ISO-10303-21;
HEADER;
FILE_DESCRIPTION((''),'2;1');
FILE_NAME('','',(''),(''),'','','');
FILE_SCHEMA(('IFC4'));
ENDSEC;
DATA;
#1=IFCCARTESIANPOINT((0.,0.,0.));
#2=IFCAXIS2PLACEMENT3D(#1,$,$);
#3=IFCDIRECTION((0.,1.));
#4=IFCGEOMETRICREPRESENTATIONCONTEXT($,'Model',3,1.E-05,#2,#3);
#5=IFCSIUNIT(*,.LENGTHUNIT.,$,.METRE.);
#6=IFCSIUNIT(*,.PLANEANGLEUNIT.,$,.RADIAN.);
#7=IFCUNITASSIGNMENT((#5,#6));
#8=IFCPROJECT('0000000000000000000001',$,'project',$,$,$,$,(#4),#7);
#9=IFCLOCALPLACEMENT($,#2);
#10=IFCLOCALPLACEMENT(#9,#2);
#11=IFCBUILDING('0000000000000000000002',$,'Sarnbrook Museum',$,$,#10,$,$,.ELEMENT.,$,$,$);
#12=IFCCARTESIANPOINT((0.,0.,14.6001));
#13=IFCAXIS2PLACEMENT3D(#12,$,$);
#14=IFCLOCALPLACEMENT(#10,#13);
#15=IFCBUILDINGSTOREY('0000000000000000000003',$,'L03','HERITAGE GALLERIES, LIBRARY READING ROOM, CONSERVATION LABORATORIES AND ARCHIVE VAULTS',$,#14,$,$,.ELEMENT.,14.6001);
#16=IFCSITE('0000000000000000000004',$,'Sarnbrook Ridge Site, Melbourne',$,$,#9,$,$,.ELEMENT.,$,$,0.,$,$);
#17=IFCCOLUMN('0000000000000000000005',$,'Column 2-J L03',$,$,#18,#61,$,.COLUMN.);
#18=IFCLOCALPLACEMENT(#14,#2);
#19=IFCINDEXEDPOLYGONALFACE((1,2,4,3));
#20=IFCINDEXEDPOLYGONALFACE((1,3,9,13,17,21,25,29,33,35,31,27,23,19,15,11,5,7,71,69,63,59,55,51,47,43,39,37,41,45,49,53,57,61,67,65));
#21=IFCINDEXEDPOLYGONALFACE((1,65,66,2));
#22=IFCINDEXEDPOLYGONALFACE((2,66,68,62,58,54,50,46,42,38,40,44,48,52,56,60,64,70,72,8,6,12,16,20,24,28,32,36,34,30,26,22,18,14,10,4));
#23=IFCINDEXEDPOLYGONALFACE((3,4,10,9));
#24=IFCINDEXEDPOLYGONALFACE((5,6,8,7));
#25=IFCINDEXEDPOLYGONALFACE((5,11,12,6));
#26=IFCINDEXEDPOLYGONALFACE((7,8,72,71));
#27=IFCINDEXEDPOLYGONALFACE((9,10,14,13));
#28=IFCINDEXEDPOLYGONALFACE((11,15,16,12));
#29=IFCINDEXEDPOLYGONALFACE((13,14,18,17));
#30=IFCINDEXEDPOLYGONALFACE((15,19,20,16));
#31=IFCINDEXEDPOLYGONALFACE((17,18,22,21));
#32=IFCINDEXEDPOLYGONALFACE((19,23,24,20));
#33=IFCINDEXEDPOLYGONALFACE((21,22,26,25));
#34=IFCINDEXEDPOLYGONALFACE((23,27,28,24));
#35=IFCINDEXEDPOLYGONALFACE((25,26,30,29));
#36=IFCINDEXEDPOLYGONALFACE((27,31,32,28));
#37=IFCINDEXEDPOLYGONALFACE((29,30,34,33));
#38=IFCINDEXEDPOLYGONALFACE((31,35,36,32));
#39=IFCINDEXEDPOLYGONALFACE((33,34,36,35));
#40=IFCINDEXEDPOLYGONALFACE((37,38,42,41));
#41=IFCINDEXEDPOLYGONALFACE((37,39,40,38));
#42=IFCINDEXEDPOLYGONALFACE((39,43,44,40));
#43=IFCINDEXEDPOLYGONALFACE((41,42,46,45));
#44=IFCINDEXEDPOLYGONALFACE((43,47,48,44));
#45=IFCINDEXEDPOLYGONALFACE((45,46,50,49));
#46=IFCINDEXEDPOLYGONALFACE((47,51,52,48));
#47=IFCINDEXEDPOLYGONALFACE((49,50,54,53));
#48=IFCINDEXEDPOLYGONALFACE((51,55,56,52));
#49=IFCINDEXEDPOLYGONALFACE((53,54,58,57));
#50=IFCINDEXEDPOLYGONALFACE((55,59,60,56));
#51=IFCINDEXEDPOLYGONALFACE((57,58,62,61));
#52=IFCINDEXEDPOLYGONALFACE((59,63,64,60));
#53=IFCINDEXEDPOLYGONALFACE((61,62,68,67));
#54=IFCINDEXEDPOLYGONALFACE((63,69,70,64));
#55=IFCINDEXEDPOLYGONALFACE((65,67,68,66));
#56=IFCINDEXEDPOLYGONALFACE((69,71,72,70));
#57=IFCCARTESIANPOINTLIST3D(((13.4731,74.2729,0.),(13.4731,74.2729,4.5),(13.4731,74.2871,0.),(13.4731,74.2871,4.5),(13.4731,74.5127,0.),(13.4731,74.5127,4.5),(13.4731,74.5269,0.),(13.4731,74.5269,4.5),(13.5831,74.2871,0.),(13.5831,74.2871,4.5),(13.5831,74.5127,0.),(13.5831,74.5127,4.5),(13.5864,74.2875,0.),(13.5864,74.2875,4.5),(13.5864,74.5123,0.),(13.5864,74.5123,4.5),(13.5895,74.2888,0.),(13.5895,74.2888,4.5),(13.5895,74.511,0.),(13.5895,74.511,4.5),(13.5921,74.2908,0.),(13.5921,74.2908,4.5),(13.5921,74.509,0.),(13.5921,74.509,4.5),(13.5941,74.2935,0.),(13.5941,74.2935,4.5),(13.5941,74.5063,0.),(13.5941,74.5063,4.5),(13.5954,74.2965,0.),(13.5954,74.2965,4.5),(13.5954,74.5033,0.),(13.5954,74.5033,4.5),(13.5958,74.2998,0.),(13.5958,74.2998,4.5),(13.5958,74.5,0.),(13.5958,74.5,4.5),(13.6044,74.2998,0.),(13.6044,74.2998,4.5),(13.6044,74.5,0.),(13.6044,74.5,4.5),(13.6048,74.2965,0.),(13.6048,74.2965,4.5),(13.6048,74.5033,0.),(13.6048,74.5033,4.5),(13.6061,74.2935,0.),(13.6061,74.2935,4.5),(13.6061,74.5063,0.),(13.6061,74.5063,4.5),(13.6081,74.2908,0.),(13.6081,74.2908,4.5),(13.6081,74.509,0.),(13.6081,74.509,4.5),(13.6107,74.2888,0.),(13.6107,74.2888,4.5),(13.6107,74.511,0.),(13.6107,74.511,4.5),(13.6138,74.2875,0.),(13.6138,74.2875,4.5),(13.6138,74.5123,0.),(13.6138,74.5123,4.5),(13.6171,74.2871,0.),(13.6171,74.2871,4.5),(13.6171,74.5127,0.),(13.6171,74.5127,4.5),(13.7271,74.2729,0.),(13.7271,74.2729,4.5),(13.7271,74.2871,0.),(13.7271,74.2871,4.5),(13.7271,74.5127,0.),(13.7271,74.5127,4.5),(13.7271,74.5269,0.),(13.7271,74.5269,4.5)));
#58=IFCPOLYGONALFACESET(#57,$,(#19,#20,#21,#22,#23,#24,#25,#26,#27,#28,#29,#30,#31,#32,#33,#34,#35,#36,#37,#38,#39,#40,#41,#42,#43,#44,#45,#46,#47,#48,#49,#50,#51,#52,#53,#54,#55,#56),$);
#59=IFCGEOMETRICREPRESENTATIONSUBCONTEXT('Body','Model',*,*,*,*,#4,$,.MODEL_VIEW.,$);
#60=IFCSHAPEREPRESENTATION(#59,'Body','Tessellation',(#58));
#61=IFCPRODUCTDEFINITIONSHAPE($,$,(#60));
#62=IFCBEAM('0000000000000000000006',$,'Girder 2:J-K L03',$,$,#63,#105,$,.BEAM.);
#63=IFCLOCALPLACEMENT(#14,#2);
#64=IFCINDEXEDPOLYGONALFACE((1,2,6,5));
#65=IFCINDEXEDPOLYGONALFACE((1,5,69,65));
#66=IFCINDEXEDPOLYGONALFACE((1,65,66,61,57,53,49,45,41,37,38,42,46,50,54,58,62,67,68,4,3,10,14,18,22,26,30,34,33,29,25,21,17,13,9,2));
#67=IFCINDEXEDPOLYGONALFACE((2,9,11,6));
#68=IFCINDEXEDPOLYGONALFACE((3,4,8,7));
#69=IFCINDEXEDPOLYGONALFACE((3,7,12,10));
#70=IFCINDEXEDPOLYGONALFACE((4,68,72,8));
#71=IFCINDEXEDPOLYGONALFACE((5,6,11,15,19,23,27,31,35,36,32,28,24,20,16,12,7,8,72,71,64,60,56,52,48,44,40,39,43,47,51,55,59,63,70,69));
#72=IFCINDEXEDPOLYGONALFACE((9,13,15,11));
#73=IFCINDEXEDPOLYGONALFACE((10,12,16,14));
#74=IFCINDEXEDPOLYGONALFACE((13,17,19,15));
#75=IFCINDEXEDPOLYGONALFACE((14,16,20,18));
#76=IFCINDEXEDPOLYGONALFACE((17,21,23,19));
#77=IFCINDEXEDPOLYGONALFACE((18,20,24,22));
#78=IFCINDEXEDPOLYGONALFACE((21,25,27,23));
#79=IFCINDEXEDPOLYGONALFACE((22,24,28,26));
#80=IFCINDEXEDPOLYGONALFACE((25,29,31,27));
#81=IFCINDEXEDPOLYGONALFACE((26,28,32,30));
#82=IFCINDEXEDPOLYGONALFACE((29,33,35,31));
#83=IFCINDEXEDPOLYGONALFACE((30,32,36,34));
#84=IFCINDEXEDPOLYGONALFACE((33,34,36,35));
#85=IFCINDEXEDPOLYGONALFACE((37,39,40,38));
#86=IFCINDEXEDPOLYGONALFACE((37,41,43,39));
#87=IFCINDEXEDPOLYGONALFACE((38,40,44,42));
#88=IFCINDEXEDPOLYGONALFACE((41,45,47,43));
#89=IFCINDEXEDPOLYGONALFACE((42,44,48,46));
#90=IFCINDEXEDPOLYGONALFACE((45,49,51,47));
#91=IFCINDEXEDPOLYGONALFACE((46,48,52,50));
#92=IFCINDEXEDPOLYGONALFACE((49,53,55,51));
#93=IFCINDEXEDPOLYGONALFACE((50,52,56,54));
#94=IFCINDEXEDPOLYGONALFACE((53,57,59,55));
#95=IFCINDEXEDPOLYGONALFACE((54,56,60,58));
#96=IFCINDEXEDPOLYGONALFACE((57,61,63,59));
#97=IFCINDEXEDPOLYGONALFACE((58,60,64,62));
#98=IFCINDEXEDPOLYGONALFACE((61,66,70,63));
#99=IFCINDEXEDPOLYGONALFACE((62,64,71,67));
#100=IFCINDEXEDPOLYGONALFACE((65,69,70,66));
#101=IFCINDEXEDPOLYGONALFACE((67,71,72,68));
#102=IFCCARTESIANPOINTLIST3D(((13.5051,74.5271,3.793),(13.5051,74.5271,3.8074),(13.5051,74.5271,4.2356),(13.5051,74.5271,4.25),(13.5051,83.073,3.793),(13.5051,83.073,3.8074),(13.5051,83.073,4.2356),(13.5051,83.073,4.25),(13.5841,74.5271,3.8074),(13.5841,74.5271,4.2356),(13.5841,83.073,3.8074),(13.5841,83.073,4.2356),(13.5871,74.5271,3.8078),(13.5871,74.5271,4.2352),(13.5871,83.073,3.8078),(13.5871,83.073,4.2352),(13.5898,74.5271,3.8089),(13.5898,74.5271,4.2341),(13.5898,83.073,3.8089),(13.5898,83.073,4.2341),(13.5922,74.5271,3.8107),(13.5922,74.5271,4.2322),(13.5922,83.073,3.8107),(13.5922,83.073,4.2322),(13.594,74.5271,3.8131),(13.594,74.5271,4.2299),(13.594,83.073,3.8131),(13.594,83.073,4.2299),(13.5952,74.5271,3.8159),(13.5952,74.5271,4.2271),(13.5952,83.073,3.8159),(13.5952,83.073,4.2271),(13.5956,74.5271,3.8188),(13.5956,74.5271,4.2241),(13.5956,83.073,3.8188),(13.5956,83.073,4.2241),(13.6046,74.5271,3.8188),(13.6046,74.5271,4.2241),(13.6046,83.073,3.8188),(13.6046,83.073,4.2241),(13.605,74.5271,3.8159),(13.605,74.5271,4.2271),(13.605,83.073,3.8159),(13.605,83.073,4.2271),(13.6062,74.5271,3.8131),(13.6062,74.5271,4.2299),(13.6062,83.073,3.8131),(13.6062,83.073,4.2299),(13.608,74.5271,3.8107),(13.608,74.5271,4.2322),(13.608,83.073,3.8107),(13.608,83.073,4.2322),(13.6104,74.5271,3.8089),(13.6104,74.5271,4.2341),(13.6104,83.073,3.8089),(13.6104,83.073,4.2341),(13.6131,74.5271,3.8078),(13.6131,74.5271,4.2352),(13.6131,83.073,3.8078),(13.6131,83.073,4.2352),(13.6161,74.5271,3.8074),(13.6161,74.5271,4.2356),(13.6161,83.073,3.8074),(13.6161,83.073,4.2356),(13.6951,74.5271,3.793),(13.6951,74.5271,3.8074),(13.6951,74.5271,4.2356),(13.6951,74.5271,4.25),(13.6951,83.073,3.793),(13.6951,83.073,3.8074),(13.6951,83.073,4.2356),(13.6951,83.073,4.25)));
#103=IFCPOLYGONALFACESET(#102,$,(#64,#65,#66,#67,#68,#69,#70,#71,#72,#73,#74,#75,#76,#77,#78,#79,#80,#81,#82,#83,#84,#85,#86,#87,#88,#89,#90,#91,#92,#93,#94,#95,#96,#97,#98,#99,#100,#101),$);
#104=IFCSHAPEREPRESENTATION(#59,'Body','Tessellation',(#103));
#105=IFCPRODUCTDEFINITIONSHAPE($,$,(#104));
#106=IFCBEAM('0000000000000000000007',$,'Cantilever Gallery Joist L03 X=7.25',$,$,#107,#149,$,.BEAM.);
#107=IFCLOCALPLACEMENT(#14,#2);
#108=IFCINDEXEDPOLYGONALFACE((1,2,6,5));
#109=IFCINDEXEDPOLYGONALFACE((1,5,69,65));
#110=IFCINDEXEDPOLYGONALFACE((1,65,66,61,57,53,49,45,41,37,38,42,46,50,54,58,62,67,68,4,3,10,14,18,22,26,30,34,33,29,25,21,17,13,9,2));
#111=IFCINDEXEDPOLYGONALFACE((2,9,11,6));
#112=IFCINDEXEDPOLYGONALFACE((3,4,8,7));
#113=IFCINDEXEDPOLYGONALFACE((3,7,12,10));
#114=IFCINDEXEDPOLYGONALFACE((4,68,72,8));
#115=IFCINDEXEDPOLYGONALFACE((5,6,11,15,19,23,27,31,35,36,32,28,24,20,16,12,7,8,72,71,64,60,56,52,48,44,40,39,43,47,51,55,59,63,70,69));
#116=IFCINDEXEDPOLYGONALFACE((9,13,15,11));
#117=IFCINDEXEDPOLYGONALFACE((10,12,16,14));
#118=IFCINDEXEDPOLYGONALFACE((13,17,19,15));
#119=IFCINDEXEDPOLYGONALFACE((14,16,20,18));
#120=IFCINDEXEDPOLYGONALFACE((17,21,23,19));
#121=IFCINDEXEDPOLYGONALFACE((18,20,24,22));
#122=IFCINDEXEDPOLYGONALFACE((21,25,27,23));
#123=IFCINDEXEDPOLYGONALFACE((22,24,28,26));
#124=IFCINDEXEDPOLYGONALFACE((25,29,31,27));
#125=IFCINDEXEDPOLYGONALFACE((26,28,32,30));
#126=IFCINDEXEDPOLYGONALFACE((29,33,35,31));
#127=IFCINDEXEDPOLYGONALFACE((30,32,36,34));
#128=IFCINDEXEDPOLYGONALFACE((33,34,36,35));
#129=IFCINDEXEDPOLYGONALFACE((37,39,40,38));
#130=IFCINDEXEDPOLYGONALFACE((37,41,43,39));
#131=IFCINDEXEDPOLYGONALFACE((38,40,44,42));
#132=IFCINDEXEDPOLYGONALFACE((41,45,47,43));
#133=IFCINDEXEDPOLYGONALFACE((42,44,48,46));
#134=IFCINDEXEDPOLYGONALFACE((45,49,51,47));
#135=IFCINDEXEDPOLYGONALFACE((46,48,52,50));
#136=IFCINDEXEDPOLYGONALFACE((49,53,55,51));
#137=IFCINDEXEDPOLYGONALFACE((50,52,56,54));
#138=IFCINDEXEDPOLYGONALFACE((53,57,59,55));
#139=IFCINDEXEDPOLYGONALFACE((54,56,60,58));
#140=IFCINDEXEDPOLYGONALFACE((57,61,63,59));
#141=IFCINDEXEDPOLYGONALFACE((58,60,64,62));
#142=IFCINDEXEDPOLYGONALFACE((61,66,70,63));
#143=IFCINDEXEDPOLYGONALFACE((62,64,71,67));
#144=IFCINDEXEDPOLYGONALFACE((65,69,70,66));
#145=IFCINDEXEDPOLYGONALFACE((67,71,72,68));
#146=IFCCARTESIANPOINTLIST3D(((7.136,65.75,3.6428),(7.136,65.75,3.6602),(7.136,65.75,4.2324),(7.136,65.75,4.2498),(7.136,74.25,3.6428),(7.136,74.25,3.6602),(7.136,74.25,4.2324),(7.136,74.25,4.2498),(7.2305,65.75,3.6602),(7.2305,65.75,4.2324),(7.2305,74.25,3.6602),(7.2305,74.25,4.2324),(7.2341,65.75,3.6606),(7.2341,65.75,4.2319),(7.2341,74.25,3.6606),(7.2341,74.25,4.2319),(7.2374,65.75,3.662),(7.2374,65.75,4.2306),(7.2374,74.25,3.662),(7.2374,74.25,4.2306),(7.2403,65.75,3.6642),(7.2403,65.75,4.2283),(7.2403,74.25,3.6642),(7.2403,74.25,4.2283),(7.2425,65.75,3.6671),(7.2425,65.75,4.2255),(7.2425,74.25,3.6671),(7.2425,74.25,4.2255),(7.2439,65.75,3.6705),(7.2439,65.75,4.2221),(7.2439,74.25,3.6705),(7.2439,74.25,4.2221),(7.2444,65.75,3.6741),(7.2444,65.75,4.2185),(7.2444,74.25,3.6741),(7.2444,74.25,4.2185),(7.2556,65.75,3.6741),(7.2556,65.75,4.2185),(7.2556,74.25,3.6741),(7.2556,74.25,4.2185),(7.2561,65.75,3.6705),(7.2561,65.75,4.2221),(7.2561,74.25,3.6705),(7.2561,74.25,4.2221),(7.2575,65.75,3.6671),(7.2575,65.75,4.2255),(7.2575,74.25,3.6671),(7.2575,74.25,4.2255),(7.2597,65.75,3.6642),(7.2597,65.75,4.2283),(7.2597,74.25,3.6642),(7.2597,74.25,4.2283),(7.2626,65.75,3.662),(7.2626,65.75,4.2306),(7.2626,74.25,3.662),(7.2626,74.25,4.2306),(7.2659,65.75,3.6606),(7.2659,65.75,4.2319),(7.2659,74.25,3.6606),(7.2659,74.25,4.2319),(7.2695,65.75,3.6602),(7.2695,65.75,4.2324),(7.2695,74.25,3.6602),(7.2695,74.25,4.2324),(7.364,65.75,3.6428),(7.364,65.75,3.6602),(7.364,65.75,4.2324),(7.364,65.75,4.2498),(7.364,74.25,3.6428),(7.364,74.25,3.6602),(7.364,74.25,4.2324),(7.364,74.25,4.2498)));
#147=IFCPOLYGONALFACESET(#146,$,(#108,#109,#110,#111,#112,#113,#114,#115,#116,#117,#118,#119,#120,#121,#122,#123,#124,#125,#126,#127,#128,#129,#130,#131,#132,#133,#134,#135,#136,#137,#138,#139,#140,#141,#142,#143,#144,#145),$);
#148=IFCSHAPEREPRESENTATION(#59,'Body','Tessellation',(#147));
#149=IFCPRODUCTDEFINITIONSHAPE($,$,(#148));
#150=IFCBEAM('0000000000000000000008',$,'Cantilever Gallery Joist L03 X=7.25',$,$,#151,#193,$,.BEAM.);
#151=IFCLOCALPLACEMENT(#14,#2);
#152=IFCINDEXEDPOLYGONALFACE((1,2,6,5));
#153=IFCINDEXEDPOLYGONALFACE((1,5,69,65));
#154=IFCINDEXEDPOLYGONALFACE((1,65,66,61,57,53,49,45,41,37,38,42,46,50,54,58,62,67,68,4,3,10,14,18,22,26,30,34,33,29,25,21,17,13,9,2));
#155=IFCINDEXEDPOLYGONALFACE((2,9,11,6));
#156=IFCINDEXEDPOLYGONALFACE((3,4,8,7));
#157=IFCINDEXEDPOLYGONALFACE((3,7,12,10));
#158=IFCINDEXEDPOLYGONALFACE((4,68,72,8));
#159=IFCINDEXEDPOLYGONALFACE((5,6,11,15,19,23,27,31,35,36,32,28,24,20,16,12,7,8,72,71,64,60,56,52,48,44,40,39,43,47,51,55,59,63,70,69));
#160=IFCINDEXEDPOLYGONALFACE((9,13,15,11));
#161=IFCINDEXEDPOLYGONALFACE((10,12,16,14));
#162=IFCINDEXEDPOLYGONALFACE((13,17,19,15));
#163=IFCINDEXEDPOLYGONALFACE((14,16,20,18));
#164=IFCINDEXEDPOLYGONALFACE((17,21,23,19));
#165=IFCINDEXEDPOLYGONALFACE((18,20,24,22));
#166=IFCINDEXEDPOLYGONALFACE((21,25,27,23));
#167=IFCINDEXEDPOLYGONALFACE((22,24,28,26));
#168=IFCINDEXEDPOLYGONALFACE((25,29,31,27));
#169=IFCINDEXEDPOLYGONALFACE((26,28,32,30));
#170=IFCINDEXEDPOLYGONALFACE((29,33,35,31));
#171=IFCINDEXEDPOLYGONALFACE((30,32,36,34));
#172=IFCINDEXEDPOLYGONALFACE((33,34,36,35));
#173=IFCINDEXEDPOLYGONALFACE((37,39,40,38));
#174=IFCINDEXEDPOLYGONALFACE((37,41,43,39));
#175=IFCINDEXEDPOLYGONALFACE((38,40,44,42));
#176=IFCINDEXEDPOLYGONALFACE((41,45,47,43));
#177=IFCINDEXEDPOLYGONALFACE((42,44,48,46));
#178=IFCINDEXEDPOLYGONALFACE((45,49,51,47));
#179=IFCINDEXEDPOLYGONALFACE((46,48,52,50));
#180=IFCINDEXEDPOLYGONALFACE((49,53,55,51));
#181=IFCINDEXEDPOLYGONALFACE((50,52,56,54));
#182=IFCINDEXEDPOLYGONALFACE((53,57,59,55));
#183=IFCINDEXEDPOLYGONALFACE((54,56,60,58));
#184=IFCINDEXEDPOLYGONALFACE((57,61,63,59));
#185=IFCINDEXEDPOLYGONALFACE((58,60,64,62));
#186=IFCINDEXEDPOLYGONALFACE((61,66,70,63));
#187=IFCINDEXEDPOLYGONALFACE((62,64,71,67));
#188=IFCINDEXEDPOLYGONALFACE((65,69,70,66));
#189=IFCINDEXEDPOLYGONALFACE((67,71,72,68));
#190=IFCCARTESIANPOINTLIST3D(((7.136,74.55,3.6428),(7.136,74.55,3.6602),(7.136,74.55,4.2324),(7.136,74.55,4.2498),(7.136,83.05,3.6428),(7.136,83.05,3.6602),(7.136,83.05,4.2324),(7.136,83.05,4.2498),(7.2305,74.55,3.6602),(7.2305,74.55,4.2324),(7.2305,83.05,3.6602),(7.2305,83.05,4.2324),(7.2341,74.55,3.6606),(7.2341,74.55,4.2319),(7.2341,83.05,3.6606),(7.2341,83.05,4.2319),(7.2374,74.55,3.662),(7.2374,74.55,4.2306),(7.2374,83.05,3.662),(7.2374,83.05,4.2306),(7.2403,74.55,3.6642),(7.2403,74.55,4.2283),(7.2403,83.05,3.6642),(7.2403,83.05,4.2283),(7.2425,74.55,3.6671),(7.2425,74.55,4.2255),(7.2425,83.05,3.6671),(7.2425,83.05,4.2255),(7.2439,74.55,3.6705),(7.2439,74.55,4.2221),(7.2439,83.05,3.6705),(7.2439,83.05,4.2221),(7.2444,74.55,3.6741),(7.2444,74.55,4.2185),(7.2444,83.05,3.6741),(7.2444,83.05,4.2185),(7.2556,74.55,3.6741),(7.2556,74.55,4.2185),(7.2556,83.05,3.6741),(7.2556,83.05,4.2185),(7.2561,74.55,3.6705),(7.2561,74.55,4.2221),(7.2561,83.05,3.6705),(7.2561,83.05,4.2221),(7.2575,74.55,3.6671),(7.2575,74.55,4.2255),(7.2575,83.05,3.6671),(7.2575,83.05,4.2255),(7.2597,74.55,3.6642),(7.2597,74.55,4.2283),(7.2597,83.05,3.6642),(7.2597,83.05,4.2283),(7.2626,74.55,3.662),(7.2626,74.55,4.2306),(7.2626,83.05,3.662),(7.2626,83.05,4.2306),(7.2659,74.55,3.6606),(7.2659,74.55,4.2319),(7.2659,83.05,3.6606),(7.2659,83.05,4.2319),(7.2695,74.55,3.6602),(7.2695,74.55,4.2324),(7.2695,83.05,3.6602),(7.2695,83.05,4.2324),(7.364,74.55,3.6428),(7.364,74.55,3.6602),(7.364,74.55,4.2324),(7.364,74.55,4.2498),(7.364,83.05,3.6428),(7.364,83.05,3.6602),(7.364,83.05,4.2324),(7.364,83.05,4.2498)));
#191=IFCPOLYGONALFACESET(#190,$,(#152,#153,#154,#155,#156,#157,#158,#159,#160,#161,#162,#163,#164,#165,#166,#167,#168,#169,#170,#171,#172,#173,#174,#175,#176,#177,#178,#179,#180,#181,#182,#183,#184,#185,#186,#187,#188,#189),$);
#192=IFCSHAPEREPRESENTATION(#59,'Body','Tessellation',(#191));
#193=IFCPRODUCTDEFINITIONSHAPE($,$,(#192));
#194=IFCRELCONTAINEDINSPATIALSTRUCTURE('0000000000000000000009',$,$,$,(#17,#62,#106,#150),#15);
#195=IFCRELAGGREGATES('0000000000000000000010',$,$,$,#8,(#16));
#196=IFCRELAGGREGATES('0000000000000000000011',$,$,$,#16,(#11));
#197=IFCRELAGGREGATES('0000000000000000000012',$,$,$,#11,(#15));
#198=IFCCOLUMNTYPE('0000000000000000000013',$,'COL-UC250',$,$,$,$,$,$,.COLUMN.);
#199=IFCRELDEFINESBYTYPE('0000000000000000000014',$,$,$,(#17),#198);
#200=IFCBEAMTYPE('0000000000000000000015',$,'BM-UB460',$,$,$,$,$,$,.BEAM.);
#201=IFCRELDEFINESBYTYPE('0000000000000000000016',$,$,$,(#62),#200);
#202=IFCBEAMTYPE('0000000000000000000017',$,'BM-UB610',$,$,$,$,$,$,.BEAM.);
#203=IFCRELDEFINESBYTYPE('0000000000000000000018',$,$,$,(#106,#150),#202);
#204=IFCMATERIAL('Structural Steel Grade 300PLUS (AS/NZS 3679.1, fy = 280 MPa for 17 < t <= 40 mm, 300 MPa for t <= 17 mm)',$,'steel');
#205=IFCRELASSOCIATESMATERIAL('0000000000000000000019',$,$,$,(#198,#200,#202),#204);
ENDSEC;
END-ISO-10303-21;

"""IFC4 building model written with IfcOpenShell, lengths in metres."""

from ifc_helpers import new_model, si_unit, direction, frame, origin, origin_2d, place, context, subcontext, project, spatial, i_section, extrude, material, material_profile, profile_set, type_object, element, save


model = new_model("IFC4")

# Units and contexts
model_context = context("Model", 3, precision=1e-05, world=origin(), true_north=direction((0.0, 1.0)))
body_context = subcontext(model_context, "Body", "Model", "MODEL_VIEW")
ifc_project = project(units=[si_unit("LENGTHUNIT", "METRE"), si_unit("PLANEANGLEUNIT", "RADIAN")], contexts=[model_context])

# Site, building, storey
site_placement = place(None, origin())
site = spatial("IfcSite", under=ifc_project, at=site_placement, Name="Sarnbrook Ridge Site, Melbourne", CompositionType="ELEMENT", RefElevation=0.0)
building_placement = place(site_placement, origin())
building = spatial("IfcBuilding", under=site, at=building_placement, Name="Sarnbrook Museum", CompositionType="ELEMENT")
storey_placement = place(building_placement, frame((0.0, 0.0, 14.6001)))
storey = spatial("IfcBuildingStorey", under=building, at=storey_placement, Name="L03", Description="HERITAGE GALLERIES, LIBRARY READING ROOM, CONSERVATION LABORATORIES AND ARCHIVE VAULTS", CompositionType="ELEMENT", Elevation=14.6001)

# Column
ifc_material_1 = material(Name="Structural Steel Grade 300PLUS (AS/NZS 3679.1, fy = 280 MPa for 17 < t <= 40 mm, 300 MPa for t <= 17 mm)", Category="steel")
ifc_material_profile_1 = material_profile(ifc_material_1, i_section(OverallWidth=0.2539, OverallDepth=0.2539, WebThickness=0.0085, FlangeThickness=0.0142, FilletRadius=0.0127, at=origin_2d()), Name="250UC72.9")
ifc_profile_set_1 = profile_set([ifc_material_profile_1], Name="Structural Steel Grade 300PLUS (AS/NZS 3679.1, fy = 280 MPa for 17 < t <= 40 mm, 300 MPa for t <= 17 mm)")
column_type = type_object("IfcColumnType", Name="COL-UC250", PredefinedType="COLUMN", material=ifc_profile_set_1)
column_placement = place(storey_placement, frame((13.6001, 74.3999, 0.0), z_axis=(0.0, 0.0, 1.0), x_axis=(1.0, 0.0, 0.0)))
element("IfcColumn", 1, at=column_placement, inside=storey, type_object=column_type, Name="Column 2-J L03", PredefinedType="COLUMN", context=body_context, shape_type="SweptSolid", body=[
    extrude(i_section(OverallWidth=0.2539, OverallDepth=0.2539, WebThickness=0.0085, FlangeThickness=0.0142, FilletRadius=0.0127, at=origin_2d()), origin(), (0.0, 0.0, 1.0), 4.5),
])

# Beams
ifc_material_profile_2 = material_profile(ifc_material_1, i_section(OverallWidth=0.1899, OverallDepth=0.457, WebThickness=0.009, FlangeThickness=0.0144, FilletRadius=0.0115, at=origin_2d()), Name="460UB74.6")
ifc_profile_set_2 = profile_set([ifc_material_profile_2], Name="Structural Steel Grade 300PLUS (AS/NZS 3679.1, fy = 280 MPa for 17 < t <= 40 mm, 300 MPa for t <= 17 mm)")
beam_type_1 = type_object("IfcBeamType", Name="BM-UB460", PredefinedType="BEAM", material=ifc_profile_set_2)
beam_1_placement = place(storey_placement, frame((13.6001, 74.5271, 4.0215), z_axis=(0.0, 1.0, 0.0), x_axis=(-1.0, 0.0, 0.0)))
element("IfcBeam", 2, at=beam_1_placement, inside=storey, type_object=beam_type_1, Name="Girder 2:J-K L03", PredefinedType="BEAM", context=body_context, shape_type="SweptSolid", body=[
    extrude(i_section(OverallWidth=0.1899, OverallDepth=0.457, WebThickness=0.009, FlangeThickness=0.0144, FilletRadius=0.0115, at=origin_2d()), origin(), (0.0, 0.0, 1.0), 8.5459),
])
ifc_material_profile_3 = material_profile(ifc_material_1, i_section(OverallWidth=0.228, OverallDepth=0.6069, WebThickness=0.0112, FlangeThickness=0.0173, FilletRadius=0.0139, at=origin_2d()), Name="610UB113")
ifc_profile_set_3 = profile_set([ifc_material_profile_3], Name="Structural Steel Grade 300PLUS (AS/NZS 3679.1, fy = 280 MPa for 17 < t <= 40 mm, 300 MPa for t <= 17 mm)")
beam_type_2 = type_object("IfcBeamType", Name="BM-UB610", PredefinedType="BEAM", material=ifc_profile_set_3)
for number, where, z_axis, x_axis, name in (
    (3, (7.25, 65.75, 3.9463), (0.0, 1.0, 0.0), (-1.0, 0.0, 0.0), "Cantilever Gallery Joist L03 X=7.25"),
    (4, (7.25, 74.55, 3.9463), (0.0, 1.0, 0.0), (-1.0, 0.0, 0.0), "Cantilever Gallery Joist L03 X=7.25"),
):
    element("IfcBeam", number, at=place(storey_placement, frame(where, z_axis=z_axis, x_axis=x_axis)), inside=storey, type_object=beam_type_2, Name=name, PredefinedType="BEAM", context=body_context, shape_type="SweptSolid", body=[
        extrude(i_section(OverallWidth=0.228, OverallDepth=0.6069, WebThickness=0.0112, FlangeThickness=0.0173, FilletRadius=0.0139, at=origin_2d()), origin(), (0.0, 0.0, 1.0), 8.5),
    ])

save(model, "model.ifc")
